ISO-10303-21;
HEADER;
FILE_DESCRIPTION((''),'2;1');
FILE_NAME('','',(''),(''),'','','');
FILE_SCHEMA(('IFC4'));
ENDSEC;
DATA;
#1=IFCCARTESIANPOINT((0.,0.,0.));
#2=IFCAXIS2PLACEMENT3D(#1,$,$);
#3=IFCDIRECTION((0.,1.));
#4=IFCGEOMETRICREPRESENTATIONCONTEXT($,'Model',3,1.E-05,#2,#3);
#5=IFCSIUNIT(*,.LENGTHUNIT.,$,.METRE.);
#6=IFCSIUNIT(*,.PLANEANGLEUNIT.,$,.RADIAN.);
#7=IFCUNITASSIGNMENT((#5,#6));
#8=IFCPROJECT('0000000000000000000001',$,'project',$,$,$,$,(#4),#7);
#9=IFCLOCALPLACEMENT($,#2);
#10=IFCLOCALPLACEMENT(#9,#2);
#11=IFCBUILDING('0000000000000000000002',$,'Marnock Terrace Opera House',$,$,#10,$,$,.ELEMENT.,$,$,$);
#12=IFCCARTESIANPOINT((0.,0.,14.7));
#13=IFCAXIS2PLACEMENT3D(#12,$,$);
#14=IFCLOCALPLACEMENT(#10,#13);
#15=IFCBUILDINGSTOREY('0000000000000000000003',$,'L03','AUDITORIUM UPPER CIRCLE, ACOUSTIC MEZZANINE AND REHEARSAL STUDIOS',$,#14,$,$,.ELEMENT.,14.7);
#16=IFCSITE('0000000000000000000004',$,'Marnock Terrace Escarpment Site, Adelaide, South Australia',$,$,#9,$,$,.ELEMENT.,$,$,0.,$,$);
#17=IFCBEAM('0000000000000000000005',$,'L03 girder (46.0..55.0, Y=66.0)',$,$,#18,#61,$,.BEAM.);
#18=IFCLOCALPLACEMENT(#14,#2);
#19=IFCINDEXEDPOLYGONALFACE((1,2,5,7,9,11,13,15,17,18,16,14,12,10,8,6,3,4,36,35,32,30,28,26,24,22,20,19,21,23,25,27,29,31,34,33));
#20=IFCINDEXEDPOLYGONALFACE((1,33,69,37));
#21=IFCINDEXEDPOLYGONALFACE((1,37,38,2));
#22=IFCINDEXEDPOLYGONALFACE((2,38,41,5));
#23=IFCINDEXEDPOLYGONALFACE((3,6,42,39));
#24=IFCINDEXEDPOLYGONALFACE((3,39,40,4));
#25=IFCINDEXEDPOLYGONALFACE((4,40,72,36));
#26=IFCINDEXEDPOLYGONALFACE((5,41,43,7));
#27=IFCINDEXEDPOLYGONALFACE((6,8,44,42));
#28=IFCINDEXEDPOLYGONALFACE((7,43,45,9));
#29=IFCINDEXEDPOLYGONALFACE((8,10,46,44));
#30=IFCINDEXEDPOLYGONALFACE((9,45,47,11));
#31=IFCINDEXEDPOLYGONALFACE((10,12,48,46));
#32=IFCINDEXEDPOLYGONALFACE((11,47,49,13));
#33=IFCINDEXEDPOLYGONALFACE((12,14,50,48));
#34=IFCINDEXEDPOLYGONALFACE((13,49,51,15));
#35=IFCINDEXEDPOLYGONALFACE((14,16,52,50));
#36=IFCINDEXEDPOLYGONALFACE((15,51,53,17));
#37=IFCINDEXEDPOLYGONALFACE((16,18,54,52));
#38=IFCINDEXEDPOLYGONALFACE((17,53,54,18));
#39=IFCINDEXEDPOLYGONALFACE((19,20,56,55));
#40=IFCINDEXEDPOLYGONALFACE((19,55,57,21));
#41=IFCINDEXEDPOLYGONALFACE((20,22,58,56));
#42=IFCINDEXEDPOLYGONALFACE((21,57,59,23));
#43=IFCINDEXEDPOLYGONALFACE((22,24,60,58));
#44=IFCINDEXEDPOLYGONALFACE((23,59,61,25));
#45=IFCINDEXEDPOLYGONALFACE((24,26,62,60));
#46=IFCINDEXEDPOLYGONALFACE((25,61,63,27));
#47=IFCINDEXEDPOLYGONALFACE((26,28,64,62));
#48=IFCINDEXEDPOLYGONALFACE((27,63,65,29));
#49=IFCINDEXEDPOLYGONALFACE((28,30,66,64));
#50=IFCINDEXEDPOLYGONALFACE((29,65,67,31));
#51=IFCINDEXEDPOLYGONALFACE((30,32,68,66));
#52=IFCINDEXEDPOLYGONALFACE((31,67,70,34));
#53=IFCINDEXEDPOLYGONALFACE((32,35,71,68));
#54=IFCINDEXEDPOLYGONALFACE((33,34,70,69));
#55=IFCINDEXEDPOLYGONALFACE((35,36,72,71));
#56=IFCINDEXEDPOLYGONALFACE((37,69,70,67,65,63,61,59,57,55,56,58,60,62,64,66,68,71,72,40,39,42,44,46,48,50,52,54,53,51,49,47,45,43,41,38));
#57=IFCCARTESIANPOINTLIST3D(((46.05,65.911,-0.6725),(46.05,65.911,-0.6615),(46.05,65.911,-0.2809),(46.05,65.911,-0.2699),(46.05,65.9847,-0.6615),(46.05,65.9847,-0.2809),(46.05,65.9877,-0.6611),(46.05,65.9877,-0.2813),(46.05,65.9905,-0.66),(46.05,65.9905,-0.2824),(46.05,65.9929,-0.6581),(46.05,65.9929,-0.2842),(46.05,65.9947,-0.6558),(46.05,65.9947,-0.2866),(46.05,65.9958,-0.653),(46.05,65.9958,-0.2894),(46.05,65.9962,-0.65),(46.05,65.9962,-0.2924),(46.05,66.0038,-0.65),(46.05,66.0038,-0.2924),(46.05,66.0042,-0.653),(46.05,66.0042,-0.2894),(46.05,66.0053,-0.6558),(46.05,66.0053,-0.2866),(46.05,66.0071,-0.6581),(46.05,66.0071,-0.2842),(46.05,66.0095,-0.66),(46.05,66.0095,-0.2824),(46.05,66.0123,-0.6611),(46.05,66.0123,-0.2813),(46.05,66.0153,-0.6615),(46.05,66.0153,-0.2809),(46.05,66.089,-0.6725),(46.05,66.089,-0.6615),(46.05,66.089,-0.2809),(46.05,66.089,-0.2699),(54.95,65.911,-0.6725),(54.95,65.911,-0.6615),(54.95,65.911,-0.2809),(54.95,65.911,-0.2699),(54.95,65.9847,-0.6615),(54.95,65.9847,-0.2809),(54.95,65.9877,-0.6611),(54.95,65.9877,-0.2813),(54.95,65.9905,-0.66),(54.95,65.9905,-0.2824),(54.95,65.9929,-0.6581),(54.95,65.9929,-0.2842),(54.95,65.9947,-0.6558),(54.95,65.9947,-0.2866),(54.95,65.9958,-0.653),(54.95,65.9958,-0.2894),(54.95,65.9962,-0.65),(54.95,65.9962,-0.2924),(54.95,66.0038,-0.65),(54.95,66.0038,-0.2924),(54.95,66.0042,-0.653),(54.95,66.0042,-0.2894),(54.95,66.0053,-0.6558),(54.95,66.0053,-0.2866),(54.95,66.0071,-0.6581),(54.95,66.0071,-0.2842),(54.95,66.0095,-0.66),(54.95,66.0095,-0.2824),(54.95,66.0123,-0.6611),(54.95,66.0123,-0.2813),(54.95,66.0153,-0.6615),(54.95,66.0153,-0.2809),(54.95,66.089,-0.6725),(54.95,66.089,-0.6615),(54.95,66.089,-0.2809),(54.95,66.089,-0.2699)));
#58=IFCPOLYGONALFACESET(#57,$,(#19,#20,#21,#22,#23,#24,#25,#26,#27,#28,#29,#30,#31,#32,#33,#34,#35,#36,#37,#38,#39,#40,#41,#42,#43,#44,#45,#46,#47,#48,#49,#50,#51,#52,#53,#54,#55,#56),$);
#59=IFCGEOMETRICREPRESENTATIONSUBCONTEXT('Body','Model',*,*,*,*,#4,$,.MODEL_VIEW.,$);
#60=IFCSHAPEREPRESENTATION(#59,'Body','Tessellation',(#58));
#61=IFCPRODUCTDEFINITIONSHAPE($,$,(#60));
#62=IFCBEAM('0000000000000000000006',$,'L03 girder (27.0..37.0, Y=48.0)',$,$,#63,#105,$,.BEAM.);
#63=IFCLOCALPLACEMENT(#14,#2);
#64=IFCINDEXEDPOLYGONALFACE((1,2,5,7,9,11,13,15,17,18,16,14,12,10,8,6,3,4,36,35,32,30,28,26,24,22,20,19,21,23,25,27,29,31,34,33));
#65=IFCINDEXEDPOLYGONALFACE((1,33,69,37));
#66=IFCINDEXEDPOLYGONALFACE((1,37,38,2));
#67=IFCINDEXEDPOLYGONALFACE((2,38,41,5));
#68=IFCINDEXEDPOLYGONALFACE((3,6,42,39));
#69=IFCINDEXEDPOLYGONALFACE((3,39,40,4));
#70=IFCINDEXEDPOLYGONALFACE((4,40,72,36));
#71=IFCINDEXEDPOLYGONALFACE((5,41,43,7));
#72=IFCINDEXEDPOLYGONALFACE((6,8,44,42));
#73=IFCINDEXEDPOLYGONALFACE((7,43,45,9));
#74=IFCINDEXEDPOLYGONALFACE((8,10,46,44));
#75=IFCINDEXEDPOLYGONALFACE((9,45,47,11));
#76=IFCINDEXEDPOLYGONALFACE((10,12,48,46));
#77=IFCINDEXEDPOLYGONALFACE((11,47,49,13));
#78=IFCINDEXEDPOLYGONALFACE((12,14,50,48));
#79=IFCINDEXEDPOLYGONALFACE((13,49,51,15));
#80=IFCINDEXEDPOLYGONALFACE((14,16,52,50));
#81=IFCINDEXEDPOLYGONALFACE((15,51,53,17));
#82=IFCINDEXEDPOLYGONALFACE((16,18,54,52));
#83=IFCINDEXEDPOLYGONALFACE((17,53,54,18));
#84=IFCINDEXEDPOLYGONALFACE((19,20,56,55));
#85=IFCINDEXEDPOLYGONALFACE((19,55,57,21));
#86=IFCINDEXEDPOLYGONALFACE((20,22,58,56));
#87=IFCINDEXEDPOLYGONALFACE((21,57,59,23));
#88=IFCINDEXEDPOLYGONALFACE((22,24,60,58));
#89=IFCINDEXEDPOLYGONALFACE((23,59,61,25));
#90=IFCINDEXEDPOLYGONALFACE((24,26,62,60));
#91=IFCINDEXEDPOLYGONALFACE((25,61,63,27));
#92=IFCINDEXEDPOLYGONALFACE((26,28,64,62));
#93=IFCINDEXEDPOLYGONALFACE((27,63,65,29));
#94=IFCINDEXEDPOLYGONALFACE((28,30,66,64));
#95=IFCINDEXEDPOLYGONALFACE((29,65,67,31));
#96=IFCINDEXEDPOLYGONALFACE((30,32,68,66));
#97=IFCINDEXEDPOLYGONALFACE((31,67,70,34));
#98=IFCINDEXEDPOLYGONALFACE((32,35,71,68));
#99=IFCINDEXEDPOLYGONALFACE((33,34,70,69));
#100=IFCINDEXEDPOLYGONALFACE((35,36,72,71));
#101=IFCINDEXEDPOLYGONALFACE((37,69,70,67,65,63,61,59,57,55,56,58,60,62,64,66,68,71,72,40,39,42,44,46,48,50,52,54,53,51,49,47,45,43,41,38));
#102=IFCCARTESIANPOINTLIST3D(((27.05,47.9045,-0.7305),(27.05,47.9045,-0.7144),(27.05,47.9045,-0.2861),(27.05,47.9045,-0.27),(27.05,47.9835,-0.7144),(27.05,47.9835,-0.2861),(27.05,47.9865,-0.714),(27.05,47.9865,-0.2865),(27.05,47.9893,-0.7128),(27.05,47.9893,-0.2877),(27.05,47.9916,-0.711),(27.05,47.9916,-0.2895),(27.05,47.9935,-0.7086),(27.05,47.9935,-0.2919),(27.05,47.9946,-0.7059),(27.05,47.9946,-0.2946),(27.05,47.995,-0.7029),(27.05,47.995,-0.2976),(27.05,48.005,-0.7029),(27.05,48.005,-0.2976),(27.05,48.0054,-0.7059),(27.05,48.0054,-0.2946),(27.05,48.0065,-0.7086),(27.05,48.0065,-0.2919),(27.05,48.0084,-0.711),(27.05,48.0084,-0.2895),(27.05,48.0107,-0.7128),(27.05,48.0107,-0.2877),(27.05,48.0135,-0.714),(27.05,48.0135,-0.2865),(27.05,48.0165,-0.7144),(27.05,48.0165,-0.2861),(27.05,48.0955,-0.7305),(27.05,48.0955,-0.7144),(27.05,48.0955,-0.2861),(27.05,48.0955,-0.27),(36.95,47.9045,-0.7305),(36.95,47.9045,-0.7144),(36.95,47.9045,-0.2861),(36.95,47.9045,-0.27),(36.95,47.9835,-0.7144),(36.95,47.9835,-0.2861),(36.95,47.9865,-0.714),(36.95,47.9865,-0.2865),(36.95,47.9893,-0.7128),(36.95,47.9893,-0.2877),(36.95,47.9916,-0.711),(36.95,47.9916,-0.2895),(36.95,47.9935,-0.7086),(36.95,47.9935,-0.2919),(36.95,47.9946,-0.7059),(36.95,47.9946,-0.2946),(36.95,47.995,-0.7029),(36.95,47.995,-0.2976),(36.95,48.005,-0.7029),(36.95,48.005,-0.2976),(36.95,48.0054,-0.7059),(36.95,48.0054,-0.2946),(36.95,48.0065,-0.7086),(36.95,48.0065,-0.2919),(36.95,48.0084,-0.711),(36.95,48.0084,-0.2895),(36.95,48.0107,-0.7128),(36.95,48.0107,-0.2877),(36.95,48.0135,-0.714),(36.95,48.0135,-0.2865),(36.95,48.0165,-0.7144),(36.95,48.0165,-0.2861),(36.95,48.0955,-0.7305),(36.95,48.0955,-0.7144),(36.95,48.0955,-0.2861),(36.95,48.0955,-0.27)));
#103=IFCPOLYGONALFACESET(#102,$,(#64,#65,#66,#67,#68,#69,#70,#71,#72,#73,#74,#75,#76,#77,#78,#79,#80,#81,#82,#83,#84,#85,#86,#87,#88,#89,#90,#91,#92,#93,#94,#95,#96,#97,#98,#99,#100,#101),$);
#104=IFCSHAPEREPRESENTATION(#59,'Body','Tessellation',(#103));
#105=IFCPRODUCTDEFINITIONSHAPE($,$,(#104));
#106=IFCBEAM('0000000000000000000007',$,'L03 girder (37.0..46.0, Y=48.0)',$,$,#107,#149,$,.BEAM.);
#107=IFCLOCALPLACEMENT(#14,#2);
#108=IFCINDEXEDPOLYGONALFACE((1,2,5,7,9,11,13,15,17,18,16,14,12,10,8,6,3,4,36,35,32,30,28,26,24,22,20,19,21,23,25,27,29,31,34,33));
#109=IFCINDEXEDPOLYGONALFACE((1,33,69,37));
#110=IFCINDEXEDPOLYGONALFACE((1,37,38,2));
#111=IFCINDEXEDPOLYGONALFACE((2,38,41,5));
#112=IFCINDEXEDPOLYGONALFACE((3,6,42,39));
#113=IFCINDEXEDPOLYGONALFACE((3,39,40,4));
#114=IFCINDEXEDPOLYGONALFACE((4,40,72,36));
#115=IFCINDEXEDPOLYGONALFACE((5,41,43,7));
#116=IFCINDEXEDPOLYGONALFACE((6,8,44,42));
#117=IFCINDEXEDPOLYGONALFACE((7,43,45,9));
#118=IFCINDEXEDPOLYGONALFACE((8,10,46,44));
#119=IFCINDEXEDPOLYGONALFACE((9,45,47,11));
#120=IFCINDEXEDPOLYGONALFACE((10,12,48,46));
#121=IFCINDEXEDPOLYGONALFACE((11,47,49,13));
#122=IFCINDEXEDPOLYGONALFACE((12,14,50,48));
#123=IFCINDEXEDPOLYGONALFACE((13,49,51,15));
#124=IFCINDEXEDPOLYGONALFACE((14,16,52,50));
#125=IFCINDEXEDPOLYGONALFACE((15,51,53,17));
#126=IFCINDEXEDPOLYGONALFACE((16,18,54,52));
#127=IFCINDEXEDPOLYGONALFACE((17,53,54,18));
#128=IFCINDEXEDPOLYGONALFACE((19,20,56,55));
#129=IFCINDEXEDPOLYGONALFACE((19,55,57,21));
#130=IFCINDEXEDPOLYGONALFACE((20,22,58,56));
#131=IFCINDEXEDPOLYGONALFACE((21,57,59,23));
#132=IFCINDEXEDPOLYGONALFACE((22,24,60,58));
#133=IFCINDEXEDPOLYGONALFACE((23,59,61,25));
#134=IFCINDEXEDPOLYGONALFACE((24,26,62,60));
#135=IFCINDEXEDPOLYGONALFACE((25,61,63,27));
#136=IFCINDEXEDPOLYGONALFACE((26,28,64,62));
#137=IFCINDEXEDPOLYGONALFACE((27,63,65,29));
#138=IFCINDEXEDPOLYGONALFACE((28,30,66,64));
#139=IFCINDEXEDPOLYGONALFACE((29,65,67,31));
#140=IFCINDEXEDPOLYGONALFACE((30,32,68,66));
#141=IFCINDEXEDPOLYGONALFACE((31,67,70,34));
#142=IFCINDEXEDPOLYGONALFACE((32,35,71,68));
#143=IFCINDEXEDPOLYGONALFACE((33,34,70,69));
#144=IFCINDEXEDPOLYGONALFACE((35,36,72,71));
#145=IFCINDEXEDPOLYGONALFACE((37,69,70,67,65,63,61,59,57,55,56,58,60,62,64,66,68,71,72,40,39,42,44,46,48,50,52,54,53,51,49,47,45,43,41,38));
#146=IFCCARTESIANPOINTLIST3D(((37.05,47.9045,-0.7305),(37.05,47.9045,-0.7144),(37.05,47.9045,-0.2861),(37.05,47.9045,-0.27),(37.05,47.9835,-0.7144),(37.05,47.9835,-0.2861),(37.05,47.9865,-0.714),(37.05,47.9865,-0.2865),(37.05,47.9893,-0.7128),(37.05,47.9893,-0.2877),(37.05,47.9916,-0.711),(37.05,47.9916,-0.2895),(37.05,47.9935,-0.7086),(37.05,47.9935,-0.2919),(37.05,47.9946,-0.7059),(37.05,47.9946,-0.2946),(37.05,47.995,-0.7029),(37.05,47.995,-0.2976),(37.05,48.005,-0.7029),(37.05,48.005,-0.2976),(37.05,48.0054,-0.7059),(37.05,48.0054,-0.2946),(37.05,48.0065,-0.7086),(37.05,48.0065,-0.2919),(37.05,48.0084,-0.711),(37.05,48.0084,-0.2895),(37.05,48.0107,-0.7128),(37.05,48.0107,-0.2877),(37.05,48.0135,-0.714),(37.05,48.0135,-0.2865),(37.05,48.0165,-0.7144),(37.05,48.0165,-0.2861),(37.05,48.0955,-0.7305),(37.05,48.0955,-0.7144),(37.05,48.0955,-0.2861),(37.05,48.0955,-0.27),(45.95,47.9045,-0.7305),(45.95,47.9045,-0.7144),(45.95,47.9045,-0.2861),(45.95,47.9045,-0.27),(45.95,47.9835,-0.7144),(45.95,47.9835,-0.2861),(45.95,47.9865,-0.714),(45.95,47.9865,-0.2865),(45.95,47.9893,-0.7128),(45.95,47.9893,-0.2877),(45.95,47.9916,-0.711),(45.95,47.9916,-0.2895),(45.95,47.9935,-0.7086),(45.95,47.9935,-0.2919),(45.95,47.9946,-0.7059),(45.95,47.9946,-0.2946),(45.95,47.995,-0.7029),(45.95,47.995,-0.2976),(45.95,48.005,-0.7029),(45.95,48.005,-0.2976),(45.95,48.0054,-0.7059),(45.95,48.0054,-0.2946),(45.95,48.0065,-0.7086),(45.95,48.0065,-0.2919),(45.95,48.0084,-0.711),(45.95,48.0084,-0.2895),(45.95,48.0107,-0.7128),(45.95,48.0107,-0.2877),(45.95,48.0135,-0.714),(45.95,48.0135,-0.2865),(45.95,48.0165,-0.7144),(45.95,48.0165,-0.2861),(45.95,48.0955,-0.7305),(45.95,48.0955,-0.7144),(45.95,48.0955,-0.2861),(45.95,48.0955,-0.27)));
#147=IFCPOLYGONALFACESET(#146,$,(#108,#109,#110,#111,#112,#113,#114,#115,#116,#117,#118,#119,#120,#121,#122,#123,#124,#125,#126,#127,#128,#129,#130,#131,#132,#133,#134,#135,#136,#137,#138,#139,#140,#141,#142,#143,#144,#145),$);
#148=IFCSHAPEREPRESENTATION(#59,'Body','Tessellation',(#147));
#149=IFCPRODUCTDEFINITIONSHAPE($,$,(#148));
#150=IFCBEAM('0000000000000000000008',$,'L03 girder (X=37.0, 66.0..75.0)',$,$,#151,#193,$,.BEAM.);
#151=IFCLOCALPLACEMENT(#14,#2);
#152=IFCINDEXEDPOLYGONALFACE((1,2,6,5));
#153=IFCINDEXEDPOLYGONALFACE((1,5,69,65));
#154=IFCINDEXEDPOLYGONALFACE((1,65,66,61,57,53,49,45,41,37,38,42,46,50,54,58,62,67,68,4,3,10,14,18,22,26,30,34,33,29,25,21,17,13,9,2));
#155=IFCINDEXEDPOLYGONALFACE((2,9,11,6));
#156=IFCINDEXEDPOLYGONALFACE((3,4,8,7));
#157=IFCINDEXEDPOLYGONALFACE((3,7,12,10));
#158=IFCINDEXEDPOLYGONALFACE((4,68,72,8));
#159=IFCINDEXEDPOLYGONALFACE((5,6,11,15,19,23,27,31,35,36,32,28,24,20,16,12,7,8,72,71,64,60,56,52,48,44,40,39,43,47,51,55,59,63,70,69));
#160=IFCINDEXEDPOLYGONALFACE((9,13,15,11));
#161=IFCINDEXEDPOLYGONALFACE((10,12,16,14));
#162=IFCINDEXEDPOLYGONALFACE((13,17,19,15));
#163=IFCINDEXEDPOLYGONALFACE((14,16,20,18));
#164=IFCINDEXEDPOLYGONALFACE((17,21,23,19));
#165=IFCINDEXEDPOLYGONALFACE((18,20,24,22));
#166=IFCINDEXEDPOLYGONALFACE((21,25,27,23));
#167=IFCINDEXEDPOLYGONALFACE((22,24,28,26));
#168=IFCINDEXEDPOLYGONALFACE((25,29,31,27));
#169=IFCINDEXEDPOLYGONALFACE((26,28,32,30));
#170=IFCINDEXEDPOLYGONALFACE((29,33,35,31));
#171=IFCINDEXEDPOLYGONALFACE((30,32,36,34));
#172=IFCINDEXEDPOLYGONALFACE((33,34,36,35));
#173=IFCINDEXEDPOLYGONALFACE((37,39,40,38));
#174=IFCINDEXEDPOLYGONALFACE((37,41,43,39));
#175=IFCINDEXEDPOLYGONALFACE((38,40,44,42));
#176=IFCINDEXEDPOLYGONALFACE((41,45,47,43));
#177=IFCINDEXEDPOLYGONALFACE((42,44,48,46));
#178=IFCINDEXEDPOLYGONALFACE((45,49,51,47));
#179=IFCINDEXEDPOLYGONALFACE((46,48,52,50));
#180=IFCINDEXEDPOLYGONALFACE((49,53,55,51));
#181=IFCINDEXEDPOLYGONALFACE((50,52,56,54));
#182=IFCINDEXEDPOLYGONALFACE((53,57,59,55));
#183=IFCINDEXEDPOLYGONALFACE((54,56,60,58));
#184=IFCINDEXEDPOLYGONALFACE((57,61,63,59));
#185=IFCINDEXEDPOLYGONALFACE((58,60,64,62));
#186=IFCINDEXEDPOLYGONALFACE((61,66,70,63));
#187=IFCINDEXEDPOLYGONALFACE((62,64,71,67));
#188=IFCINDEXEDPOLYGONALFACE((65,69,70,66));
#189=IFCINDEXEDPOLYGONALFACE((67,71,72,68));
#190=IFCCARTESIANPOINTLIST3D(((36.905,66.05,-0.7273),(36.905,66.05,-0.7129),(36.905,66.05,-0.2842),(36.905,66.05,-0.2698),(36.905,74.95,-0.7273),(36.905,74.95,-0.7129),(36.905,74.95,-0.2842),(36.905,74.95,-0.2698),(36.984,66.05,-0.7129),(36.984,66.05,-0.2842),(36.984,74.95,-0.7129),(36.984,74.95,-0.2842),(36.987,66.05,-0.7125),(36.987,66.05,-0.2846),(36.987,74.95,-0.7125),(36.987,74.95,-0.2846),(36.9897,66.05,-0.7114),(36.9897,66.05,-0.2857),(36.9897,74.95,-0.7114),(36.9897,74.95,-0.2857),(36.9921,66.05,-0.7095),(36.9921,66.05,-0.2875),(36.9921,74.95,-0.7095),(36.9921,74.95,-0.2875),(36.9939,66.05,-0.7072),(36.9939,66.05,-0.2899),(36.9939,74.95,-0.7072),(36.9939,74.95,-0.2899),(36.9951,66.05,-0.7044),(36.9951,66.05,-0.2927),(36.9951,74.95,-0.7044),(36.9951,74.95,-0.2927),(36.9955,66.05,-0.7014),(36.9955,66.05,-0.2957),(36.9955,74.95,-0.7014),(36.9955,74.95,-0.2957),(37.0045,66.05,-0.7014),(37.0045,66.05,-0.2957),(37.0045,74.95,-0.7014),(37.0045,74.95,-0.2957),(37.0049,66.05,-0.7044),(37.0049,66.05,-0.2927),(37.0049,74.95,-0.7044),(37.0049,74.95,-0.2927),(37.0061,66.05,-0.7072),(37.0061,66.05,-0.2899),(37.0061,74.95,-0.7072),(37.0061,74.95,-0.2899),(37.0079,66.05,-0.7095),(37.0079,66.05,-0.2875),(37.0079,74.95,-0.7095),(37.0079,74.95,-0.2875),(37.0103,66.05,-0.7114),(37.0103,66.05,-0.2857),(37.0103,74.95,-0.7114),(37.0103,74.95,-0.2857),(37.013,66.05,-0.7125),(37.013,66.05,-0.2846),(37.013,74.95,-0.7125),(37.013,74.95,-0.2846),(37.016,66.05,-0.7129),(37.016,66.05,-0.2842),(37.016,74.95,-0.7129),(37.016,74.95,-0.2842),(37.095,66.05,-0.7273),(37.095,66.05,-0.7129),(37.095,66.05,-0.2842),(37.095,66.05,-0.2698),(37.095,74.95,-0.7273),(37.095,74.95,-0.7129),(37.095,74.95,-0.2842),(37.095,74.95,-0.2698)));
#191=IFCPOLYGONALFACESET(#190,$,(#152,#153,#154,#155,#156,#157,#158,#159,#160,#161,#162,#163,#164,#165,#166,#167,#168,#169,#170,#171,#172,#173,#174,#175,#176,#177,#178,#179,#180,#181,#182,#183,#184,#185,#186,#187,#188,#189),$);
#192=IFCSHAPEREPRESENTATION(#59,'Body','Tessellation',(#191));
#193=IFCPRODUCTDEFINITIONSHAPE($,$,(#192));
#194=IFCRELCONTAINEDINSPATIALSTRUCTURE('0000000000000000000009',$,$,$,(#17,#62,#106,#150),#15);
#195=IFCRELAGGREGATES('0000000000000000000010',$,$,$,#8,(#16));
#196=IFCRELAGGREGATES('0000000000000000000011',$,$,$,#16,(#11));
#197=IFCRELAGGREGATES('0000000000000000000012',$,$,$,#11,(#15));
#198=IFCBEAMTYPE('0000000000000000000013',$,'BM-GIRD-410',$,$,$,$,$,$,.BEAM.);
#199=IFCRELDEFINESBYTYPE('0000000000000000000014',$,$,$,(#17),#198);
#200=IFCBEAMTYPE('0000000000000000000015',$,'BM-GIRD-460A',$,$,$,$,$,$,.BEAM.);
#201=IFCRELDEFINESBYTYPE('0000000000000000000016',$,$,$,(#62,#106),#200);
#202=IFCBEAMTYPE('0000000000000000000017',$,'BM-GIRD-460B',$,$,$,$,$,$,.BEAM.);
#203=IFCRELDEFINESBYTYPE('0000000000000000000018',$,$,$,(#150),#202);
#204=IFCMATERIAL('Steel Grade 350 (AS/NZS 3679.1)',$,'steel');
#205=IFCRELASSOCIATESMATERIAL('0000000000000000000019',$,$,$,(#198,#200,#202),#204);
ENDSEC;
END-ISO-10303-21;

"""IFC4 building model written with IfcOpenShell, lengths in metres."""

from ifc_helpers import new_model, si_unit, direction, frame, origin, origin_2d, place, context, subcontext, project, spatial, i_section, extrude, material, material_profile, profile_set, type_object, element, save


model = new_model("IFC4")

# Units and contexts
model_context = context("Model", 3, precision=1e-05, world=origin(), true_north=direction((0.0, 1.0)))
body_context = subcontext(model_context, "Body", "Model", "MODEL_VIEW")
ifc_project = project(units=[si_unit("LENGTHUNIT", "METRE"), si_unit("PLANEANGLEUNIT", "RADIAN")], contexts=[model_context])

# Site, building, storey
site_placement = place(None, origin())
site = spatial("IfcSite", under=ifc_project, at=site_placement, Name="Marnock Terrace Escarpment Site, Adelaide, South Australia", CompositionType="ELEMENT", RefElevation=0.0)
building_placement = place(site_placement, origin())
building = spatial("IfcBuilding", under=site, at=building_placement, Name="Marnock Terrace Opera House", CompositionType="ELEMENT")
storey_placement = place(building_placement, frame((0.0, 0.0, 14.7)))
storey = spatial("IfcBuildingStorey", under=building, at=storey_placement, Name="L03", Description="AUDITORIUM UPPER CIRCLE, ACOUSTIC MEZZANINE AND REHEARSAL STUDIOS", CompositionType="ELEMENT", Elevation=14.7)

# Shared definitions
ifc_material_1 = material(Name="Steel Grade 350 (AS/NZS 3679.1)", Category="steel")

# Beams
ifc_material_profile_1 = material_profile(ifc_material_1, i_section(OverallWidth=0.178, OverallDepth=0.4026, WebThickness=0.0076, FlangeThickness=0.011, FilletRadius=0.0115, at=origin_2d()))
ifc_profile_set_1 = profile_set([ifc_material_profile_1], Name="Steel Grade 350 (AS/NZS 3679.1)")
beam_type_1 = type_object("IfcBeamType", Name="BM-GIRD-410", PredefinedType="BEAM", material=ifc_profile_set_1)
for number, where, z_axis, x_axis, name in (
    (1, (46.05, 66.0, -0.4712), (1.0, 0.0, 0.0), (0.0, 1.0, 0.0), "L03 girder (46.0..55.0, Y=66.0)"),
):
    element("IfcBeam", number, at=place(storey_placement, frame(where, z_axis=z_axis, x_axis=x_axis)), inside=storey, type_object=beam_type_1, Name=name, PredefinedType="BEAM", context=body_context, shape_type="SweptSolid", body=[
        extrude(i_section(OverallWidth=0.178, OverallDepth=0.4026, WebThickness=0.0076, FlangeThickness=0.011, FilletRadius=0.0115, at=origin_2d()), origin(), (0.0, 0.0, 1.0), 8.8999),
    ])
ifc_material_profile_2 = material_profile(ifc_material_1, i_section(OverallWidth=0.1909, OverallDepth=0.4604, WebThickness=0.01, FlangeThickness=0.0161, FilletRadius=0.0115, at=origin_2d()))
ifc_profile_set_2 = profile_set([ifc_material_profile_2], Name="Steel Grade 350 (AS/NZS 3679.1)")
beam_type_2 = type_object("IfcBeamType", Name="BM-GIRD-460A", PredefinedType="BEAM", material=ifc_profile_set_2)
beam_1_placement = place(storey_placement, frame((27.05, 48.0, -0.5002), z_axis=(1.0, 0.0, 0.0), x_axis=(0.0, 1.0, 0.0)))
element("IfcBeam", 2, at=beam_1_placement, inside=storey, type_object=beam_type_2, Name="L03 girder (27.0..37.0, Y=48.0)", PredefinedType="BEAM", context=body_context, shape_type="SweptSolid", body=[
    extrude(i_section(OverallWidth=0.1909, OverallDepth=0.4604, WebThickness=0.01, FlangeThickness=0.0161, FilletRadius=0.0115, at=origin_2d()), origin(), (0.0, 0.0, 1.0), 9.8999),
])
beam_2_placement = place(storey_placement, frame((37.05, 48.0, -0.5002), z_axis=(1.0, 0.0, 0.0), x_axis=(0.0, 1.0, 0.0)))
element("IfcBeam", 3, at=beam_2_placement, inside=storey, type_object=beam_type_2, Name="L03 girder (37.0..46.0, Y=48.0)", PredefinedType="BEAM", context=body_context, shape_type="SweptSolid", body=[
    extrude(i_section(OverallWidth=0.1909, OverallDepth=0.4604, WebThickness=0.01, FlangeThickness=0.0161, FilletRadius=0.0115, at=origin_2d()), origin(), (0.0, 0.0, 1.0), 8.8999),
])
ifc_material_profile_3 = material_profile(ifc_material_1, i_section(OverallWidth=0.1899, OverallDepth=0.4575, WebThickness=0.009, FlangeThickness=0.0144, FilletRadius=0.0115, at=origin_2d()))
ifc_profile_set_3 = profile_set([ifc_material_profile_3], Name="Steel Grade 350 (AS/NZS 3679.1)")
beam_type_3 = type_object("IfcBeamType", Name="BM-GIRD-460B", PredefinedType="BEAM", material=ifc_profile_set_3)
for number, where, z_axis, x_axis, name in (
    (4, (37.0, 66.05, -0.4985), (0.0, 1.0, 0.0), (-1.0, 0.0, 0.0), "L03 girder (X=37.0, 66.0..75.0)"),
):
    element("IfcBeam", number, at=place(storey_placement, frame(where, z_axis=z_axis, x_axis=x_axis)), inside=storey, type_object=beam_type_3, Name=name, PredefinedType="BEAM", context=body_context, shape_type="SweptSolid", body=[
        extrude(i_section(OverallWidth=0.1899, OverallDepth=0.4575, WebThickness=0.009, FlangeThickness=0.0144, FilletRadius=0.0115, at=origin_2d()), origin(), (0.0, 0.0, 1.0), 8.8999),
    ])

save(model, "model.ifc")
